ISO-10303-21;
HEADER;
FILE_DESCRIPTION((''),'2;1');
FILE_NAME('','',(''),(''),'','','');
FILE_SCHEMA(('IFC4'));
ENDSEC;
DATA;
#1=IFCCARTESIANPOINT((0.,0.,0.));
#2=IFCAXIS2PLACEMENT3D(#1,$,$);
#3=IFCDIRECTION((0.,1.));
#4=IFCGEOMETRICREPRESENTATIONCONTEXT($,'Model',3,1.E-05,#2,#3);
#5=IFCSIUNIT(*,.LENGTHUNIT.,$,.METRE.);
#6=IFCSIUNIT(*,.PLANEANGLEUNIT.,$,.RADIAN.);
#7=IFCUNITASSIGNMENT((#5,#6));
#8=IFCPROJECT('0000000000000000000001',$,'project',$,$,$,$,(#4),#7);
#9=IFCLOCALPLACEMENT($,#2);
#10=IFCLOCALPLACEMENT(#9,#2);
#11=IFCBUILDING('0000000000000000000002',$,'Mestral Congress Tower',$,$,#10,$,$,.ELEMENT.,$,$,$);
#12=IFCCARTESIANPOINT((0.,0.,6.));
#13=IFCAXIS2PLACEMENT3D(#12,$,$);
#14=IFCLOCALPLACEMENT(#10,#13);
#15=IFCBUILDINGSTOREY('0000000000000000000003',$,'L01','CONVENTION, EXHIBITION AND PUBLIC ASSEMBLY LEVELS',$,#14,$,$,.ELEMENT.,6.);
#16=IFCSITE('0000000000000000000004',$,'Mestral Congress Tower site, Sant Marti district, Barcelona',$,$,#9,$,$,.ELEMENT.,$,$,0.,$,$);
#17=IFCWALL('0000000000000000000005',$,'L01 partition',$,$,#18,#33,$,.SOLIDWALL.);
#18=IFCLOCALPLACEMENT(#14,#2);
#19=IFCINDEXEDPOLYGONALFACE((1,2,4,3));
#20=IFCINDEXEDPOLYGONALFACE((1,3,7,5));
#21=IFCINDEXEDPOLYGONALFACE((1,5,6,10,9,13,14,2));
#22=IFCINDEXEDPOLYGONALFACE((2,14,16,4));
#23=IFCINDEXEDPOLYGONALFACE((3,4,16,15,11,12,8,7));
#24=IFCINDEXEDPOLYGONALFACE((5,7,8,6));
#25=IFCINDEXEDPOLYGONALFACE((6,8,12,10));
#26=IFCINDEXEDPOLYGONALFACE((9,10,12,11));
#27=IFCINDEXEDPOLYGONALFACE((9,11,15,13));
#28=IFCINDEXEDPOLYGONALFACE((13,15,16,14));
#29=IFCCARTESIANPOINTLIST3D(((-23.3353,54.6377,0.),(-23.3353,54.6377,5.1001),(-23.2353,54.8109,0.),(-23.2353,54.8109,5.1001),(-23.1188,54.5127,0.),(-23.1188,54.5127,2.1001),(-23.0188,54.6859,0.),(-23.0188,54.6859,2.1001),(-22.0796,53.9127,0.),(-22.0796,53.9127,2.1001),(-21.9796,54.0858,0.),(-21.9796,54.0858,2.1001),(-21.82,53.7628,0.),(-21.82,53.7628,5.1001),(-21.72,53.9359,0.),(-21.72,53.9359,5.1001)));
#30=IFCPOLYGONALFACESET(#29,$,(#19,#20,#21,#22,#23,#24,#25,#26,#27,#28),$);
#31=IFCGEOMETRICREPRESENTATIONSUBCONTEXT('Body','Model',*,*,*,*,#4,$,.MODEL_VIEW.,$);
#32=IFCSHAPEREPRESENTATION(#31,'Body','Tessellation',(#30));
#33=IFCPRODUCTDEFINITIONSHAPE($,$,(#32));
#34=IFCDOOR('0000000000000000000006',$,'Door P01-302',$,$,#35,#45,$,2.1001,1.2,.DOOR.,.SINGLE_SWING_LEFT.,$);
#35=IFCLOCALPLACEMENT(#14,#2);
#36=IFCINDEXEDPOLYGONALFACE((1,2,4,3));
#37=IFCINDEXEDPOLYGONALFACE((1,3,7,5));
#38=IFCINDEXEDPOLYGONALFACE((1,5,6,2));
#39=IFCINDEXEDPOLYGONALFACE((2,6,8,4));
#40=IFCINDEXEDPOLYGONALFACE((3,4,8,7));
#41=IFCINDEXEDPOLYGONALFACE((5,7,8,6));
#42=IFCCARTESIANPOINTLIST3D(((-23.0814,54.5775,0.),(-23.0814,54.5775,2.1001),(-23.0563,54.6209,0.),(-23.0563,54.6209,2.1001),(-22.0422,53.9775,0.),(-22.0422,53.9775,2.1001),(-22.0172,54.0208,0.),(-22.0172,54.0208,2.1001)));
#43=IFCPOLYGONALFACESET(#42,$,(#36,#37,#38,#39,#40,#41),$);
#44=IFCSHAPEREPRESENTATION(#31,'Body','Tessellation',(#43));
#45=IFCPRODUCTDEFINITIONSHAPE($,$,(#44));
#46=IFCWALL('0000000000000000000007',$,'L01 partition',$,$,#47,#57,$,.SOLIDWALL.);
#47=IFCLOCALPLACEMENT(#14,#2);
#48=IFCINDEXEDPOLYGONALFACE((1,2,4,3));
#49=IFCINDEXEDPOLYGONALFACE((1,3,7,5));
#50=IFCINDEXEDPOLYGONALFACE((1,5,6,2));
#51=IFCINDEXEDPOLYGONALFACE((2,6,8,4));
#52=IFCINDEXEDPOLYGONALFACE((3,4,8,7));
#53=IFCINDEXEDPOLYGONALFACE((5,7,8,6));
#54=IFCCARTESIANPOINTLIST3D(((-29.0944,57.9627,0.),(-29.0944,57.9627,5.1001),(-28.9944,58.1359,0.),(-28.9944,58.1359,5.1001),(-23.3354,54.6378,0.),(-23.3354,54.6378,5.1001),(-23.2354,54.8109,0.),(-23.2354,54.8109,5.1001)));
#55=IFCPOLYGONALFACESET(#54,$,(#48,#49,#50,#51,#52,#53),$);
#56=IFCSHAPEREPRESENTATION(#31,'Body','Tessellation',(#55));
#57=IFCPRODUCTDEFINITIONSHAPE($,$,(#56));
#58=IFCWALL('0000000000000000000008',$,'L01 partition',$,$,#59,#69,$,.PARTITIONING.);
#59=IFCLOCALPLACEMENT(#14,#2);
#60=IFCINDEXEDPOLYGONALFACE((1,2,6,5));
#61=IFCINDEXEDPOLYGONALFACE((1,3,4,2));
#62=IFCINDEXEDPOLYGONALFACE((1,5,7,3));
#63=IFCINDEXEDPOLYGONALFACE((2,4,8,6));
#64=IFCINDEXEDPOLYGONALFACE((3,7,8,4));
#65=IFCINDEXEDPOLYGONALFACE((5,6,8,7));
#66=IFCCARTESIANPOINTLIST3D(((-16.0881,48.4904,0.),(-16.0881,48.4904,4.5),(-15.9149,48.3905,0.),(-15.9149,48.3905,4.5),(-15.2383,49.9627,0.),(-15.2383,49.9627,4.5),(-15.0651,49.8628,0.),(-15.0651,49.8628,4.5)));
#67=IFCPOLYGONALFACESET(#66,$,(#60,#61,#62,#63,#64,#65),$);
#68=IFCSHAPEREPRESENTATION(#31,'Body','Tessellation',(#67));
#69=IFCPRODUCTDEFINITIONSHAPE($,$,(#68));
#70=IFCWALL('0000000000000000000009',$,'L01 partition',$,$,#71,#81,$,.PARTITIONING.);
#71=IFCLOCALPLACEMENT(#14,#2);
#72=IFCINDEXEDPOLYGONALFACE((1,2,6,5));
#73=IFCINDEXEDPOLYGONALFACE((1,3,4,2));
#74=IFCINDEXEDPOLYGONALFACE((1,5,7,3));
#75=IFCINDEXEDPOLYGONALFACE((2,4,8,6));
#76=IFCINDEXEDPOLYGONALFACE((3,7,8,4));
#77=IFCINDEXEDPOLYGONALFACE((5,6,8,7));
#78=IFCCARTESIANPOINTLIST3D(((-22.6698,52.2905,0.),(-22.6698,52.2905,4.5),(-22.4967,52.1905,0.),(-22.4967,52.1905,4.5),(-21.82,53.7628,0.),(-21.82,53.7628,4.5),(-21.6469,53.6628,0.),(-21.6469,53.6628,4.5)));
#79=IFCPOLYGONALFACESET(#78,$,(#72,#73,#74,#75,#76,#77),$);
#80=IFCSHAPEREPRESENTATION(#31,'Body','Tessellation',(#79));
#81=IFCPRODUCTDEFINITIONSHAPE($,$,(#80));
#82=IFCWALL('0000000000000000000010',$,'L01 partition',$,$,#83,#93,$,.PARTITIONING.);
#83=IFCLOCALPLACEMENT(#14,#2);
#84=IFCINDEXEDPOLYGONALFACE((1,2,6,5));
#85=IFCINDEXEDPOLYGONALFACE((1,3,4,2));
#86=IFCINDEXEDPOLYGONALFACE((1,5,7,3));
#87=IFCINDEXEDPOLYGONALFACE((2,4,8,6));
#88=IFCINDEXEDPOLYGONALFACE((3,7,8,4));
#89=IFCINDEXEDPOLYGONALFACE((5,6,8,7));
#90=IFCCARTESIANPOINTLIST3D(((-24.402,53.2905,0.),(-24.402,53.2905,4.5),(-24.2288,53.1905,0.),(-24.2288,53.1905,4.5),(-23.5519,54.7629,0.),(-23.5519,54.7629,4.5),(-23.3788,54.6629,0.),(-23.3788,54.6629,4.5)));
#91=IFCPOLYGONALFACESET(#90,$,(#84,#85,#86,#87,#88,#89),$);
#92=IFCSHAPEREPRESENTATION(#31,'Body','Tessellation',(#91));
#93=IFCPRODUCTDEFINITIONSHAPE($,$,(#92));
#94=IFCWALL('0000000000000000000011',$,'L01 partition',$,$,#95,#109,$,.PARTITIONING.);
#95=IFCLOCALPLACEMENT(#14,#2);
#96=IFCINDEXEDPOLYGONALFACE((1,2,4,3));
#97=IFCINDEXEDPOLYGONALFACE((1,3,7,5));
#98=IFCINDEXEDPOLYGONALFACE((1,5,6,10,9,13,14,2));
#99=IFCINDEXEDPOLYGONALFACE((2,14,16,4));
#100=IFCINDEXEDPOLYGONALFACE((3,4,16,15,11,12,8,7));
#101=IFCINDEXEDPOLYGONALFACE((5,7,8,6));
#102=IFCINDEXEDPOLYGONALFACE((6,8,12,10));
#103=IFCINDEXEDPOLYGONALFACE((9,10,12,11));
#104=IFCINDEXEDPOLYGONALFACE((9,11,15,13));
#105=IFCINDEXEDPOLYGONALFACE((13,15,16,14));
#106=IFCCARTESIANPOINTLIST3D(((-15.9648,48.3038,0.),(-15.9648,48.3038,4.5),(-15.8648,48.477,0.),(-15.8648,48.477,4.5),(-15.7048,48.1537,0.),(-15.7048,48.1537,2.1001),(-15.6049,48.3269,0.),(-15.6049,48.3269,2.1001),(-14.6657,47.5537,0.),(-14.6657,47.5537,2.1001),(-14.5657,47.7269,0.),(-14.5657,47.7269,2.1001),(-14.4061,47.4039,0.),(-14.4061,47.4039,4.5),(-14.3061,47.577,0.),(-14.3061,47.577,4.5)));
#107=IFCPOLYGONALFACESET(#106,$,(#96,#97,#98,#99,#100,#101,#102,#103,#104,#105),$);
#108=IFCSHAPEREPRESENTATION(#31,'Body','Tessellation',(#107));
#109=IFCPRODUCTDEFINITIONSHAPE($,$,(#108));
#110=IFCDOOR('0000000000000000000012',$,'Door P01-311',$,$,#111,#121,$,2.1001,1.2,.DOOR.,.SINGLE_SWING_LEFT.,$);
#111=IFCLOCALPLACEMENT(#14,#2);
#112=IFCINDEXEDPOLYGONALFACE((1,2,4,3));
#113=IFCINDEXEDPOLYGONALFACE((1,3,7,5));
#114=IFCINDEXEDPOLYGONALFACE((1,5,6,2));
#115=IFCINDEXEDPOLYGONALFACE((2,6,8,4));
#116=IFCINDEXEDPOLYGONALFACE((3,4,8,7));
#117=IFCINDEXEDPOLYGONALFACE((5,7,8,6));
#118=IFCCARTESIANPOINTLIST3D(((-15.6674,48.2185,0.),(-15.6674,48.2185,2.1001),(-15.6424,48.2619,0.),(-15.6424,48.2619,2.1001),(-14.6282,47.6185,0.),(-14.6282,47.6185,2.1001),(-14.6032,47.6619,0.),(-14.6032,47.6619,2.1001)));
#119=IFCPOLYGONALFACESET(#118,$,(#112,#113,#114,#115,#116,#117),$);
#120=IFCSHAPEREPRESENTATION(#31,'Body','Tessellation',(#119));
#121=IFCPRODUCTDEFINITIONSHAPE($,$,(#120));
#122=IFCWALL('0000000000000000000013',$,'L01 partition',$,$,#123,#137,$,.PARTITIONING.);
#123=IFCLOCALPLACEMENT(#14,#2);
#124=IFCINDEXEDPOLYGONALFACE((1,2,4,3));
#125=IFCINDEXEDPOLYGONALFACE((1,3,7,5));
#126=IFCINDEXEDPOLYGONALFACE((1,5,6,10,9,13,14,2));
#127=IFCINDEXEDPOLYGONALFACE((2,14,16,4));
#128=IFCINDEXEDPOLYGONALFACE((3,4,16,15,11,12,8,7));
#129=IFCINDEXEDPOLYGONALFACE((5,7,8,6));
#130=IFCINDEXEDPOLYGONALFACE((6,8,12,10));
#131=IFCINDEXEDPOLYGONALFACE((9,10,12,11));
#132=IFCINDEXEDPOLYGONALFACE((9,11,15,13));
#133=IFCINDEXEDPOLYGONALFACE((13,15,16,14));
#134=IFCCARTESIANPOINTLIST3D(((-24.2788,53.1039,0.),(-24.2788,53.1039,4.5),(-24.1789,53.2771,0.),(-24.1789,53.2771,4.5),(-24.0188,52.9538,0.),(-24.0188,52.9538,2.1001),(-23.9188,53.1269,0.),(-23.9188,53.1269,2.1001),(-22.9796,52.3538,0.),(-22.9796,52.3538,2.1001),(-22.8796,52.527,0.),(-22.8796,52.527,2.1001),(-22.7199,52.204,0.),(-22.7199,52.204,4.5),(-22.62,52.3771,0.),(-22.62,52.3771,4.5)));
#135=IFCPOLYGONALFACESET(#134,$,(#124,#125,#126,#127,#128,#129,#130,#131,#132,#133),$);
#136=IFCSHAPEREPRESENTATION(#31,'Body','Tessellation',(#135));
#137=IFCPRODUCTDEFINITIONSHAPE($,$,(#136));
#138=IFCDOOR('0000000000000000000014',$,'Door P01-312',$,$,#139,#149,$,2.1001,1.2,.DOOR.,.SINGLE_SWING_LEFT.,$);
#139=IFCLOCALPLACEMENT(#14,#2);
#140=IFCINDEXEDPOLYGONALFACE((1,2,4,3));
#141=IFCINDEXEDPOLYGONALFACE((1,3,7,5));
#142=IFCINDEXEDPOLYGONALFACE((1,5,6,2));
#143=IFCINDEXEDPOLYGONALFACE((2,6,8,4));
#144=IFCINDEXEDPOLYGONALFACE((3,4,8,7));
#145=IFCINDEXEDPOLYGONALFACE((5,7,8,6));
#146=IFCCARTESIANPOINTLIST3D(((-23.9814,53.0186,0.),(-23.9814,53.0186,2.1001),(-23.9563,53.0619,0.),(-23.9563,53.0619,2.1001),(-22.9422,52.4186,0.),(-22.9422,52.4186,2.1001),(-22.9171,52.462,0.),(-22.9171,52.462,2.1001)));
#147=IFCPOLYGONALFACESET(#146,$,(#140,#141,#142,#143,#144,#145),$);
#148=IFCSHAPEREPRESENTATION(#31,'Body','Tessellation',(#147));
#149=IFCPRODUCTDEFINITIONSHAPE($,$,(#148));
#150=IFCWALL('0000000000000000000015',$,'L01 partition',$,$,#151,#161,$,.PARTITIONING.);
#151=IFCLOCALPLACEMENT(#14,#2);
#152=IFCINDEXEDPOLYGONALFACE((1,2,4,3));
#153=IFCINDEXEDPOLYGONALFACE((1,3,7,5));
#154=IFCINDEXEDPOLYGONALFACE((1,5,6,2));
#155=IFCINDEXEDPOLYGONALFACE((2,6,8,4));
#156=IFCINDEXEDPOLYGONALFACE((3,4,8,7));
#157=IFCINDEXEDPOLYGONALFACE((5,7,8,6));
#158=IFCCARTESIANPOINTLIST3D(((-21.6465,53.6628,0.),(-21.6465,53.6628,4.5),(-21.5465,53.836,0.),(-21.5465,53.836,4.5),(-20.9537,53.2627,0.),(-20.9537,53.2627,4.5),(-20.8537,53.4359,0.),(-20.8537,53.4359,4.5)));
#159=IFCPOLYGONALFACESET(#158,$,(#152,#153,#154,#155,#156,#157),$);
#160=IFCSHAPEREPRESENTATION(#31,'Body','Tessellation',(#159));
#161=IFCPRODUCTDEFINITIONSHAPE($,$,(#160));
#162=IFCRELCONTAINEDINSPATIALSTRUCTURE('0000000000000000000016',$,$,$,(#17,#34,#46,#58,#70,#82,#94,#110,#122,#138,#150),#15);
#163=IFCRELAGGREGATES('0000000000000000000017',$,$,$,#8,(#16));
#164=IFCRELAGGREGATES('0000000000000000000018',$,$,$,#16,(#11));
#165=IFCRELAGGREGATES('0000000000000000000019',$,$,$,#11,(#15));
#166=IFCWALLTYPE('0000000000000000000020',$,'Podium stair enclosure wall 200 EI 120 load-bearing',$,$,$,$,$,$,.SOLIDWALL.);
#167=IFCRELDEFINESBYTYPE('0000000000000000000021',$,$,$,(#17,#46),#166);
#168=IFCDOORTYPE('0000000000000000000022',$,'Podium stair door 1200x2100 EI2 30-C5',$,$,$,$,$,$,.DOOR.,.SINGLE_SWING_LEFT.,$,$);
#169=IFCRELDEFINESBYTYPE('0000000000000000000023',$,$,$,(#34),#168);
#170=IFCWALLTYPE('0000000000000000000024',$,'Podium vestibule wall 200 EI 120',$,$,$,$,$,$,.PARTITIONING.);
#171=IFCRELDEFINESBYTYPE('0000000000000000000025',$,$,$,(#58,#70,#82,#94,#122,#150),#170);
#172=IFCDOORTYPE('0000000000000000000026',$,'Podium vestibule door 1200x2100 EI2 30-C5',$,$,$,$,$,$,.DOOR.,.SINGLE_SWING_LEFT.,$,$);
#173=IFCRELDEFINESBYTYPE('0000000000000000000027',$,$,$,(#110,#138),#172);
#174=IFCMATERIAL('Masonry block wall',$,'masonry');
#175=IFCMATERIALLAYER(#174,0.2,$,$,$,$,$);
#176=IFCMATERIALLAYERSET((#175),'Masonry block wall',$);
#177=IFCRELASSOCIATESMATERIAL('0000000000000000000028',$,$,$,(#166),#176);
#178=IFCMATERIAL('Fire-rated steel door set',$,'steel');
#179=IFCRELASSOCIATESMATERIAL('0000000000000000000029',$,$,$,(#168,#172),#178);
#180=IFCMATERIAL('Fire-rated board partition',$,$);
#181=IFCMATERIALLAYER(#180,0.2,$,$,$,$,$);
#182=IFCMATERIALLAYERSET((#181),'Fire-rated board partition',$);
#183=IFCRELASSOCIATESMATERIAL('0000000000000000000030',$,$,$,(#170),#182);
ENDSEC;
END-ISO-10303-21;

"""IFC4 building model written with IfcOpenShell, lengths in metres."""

from ifc_helpers import new_model, si_unit, direction, frame, frame_2d, origin, place, context, subcontext, project, spatial, rectangle, extrude, material, layer, layer_set, type_object, element, fill, save


model = new_model("IFC4")

# Units and contexts
model_context = context("Model", 3, precision=1e-05, world=origin(), true_north=direction((0.0, 1.0)))
body_context = subcontext(model_context, "Body", "Model", "MODEL_VIEW")
ifc_project = project(units=[si_unit("LENGTHUNIT", "METRE"), si_unit("PLANEANGLEUNIT", "RADIAN")], contexts=[model_context])

# Site, building, storey
site_placement = place(None, origin())
site = spatial("IfcSite", under=ifc_project, at=site_placement, Name="Mestral Congress Tower site, Sant Marti district, Barcelona", CompositionType="ELEMENT", RefElevation=0.0)
building_placement = place(site_placement, origin())
building = spatial("IfcBuilding", under=site, at=building_placement, Name="Mestral Congress Tower", CompositionType="ELEMENT")
storey_placement = place(building_placement, frame((0.0, 0.0, 6.0)))
storey = spatial("IfcBuildingStorey", under=building, at=storey_placement, Name="L01", Description="CONVENTION, EXHIBITION AND PUBLIC ASSEMBLY LEVELS", CompositionType="ELEMENT", Elevation=6.0)

# Shared definitions
ifc_material_1 = material(Name="Masonry block wall", Category="masonry")
ifc_layer_1 = layer(ifc_material_1, 0.2)
ifc_layer_set_1 = layer_set([ifc_layer_1], Name="Masonry block wall")
wall_type_1 = type_object("IfcWallType", Name="Podium stair enclosure wall 200 EI 120 load-bearing", PredefinedType="SOLIDWALL", material=ifc_layer_set_1)

# Shared definitions
ifc_material_2 = material(Name="Fire-rated steel door set", Category="steel")
door_type_1 = type_object("IfcDoorType", Name="Podium stair door 1200x2100 EI2 30-C5", OperationType="SINGLE_SWING_LEFT", PredefinedType="DOOR", material=ifc_material_2)

# Wall, opening, door
wall_1_placement = place(storey_placement, frame((-23.2854, 54.7244, 0.0), z_axis=(0.0, 0.0, 1.0), x_axis=(0.866002, -0.50004, 0.0)))
wall_1 = element("IfcWall", 1, at=wall_1_placement, inside=storey, type_object=wall_type_1, Name="L01 partition", PredefinedType="SOLIDWALL", context=body_context, shape_type="SweptSolid", body=[
    extrude(rectangle(XDim=1.7498, YDim=0.2, at=frame_2d((0.875, 0.0))), origin(), (0.0, 0.0, 1.0), 5.1001),
])
opening_1_placement = place(wall_1_placement, frame((0.25, 0.0, 0.0)))
opening_1 = element("IfcOpeningElement", 2, at=opening_1_placement, cuts=wall_1, PredefinedType="OPENING", context=body_context, shape_type="SweptSolid", body=[
    extrude(rectangle(XDim=1.2, YDim=2.1001, at=frame_2d((0.6001, 1.05))), frame((0.0, 0.1099, 0.0), z_axis=(0.0, -1.0, 0.0), x_axis=(1.0, 0.0, 0.0)), (0.0, 0.0, 1.0), 0.22),
])
door_1_placement = place(opening_1_placement, origin())
door_1 = element("IfcDoor", 3, at=door_1_placement, inside=storey, type_object=door_type_1, Name="Door P01-302", OperationType="SINGLE_SWING_LEFT", OverallHeight=2.1001, OverallWidth=1.2, PredefinedType="DOOR", context=body_context, shape_type="SweptSolid", body=[
    extrude(rectangle(XDim=1.2, YDim=2.1001, at=frame_2d((0.6001, 1.05))), frame((0.0, 0.0249, 0.0), z_axis=(0.0, -1.0, 0.0), x_axis=(1.0, 0.0, 0.0)), (0.0, 0.0, 1.0), 0.05),
])
fill(opening_1, door_1)

# Walls
wall_2_placement = place(storey_placement, frame((-23.2854, 54.7244, 0.0), z_axis=(0.0, 0.0, 1.0), x_axis=(-0.866027, 0.499997, 0.0)))
element("IfcWall", 4, at=wall_2_placement, inside=storey, type_object=wall_type_1, Name="L01 partition", PredefinedType="SOLIDWALL", context=body_context, shape_type="SweptSolid", body=[
    extrude(rectangle(XDim=6.6499, YDim=0.2, at=frame_2d((3.325, 0.0))), origin(), (0.0, 0.0, 1.0), 5.1001),
])
ifc_material_3 = material(Name="Fire-rated board partition")
ifc_layer_2 = layer(ifc_material_3, 0.2)
ifc_layer_set_2 = layer_set([ifc_layer_2], Name="Fire-rated board partition")
wall_type_2 = type_object("IfcWallType", Name="Podium vestibule wall 200 EI 120", PredefinedType="PARTITIONING", material=ifc_layer_set_2)
for number, where, z_axis, x_axis, name in (
    (5, (-15.1516, 49.9128, 0.0), (0.0, 0.0, 1.0), (-0.499892, -0.866088, 0.0), "L01 partition"),
    (6, (-21.7334, 53.7129, 0.0), (0.0, 0.0, 1.0), (-0.499892, -0.866088, 0.0), "L01 partition"),
):
    element("IfcWall", number, at=place(storey_placement, frame(where, z_axis=z_axis, x_axis=x_axis)), inside=storey, type_object=wall_type_2, Name=name, PredefinedType="PARTITIONING", context=body_context, shape_type="SweptSolid", body=[
        extrude(rectangle(XDim=1.7, YDim=0.2, at=frame_2d((0.8501, 0.0))), origin(), (0.0, 0.0, 1.0), 4.5),
    ])
wall_3_placement = place(storey_placement, frame((-23.4653, 54.7129, 0.0), z_axis=(0.0, 0.0, 1.0), x_axis=(-0.5, -0.866025, 0.0)))
element("IfcWall", 7, at=wall_3_placement, inside=storey, type_object=wall_type_2, Name="L01 partition", PredefinedType="PARTITIONING", context=body_context, shape_type="SweptSolid", body=[
    extrude(rectangle(XDim=1.7002, YDim=0.2, at=frame_2d((0.8501, 0.0))), origin(), (0.0, 0.0, 1.0), 4.5),
])

# Walls, openings, doors
wall_4_placement = place(storey_placement, frame((-15.9148, 48.3904, 0.0), z_axis=(0.0, 0.0, 1.0), x_axis=(0.866014, -0.50002, 0.0)))
wall_4 = element("IfcWall", 8, at=wall_4_placement, inside=storey, type_object=wall_type_2, Name="L01 partition", PredefinedType="PARTITIONING", context=body_context, shape_type="SweptSolid", body=[
    extrude(rectangle(XDim=1.7998, YDim=0.2, at=frame_2d((0.8999, 0.0))), origin(), (0.0, 0.0, 1.0), 4.5),
])
opening_2_placement = place(wall_4_placement, frame((0.3, 0.0, 0.0)))
opening_2 = element("IfcOpeningElement", 9, at=opening_2_placement, cuts=wall_4, PredefinedType="OPENING", context=body_context, shape_type="SweptSolid", body=[
    extrude(rectangle(XDim=1.2, YDim=2.1001, at=frame_2d((0.6001, 1.05))), frame((0.0, 0.1099, 0.0), z_axis=(0.0, -1.0, 0.0), x_axis=(1.0, 0.0, 0.0)), (0.0, 0.0, 1.0), 0.22),
])
door_type_2 = type_object("IfcDoorType", Name="Podium vestibule door 1200x2100 EI2 30-C5", OperationType="SINGLE_SWING_LEFT", PredefinedType="DOOR", material=ifc_material_2)
door_2_placement = place(opening_2_placement, origin())
door_2 = element("IfcDoor", 10, at=door_2_placement, inside=storey, type_object=door_type_2, Name="Door P01-311", OperationType="SINGLE_SWING_LEFT", OverallHeight=2.1001, OverallWidth=1.2, PredefinedType="DOOR", context=body_context, shape_type="SweptSolid", body=[
    extrude(rectangle(XDim=1.2, YDim=2.1001, at=frame_2d((0.6001, 1.05))), frame((0.0, 0.0249, 0.0), z_axis=(0.0, -1.0, 0.0), x_axis=(1.0, 0.0, 0.0)), (0.0, 0.0, 1.0), 0.05),
])
fill(opening_2, door_2)
wall_5_placement = place(storey_placement, frame((-24.2288, 53.1904, 0.0), z_axis=(0.0, 0.0, 1.0), x_axis=(0.866048, -0.499961, 0.0)))
wall_5 = element("IfcWall", 11, at=wall_5_placement, inside=storey, type_object=wall_type_2, Name="L01 partition", PredefinedType="PARTITIONING", context=body_context, shape_type="SweptSolid", body=[
    extrude(rectangle(XDim=1.8, YDim=0.2, at=frame_2d((0.8999, 0.0))), origin(), (0.0, 0.0, 1.0), 4.5),
])
opening_3_placement = place(wall_5_placement, frame((0.3, 0.0, 0.0)))
opening_3 = element("IfcOpeningElement", 12, at=opening_3_placement, cuts=wall_5, PredefinedType="OPENING", context=body_context, shape_type="SweptSolid", body=[
    extrude(rectangle(XDim=1.2, YDim=2.1001, at=frame_2d((0.6001, 1.05))), frame((0.0, 0.1099, 0.0), z_axis=(0.0, -1.0, 0.0), x_axis=(1.0, 0.0, 0.0)), (0.0, 0.0, 1.0), 0.22),
])
door_3_placement = place(opening_3_placement, origin())
door_3 = element("IfcDoor", 13, at=door_3_placement, inside=storey, type_object=door_type_2, Name="Door P01-312", OperationType="SINGLE_SWING_LEFT", OverallHeight=2.1001, OverallWidth=1.2, PredefinedType="DOOR", context=body_context, shape_type="SweptSolid", body=[
    extrude(rectangle(XDim=1.2, YDim=2.1001, at=frame_2d((0.6001, 1.05))), frame((0.0, 0.0249, 0.0), z_axis=(0.0, -1.0, 0.0), x_axis=(1.0, 0.0, 0.0)), (0.0, 0.0, 1.0), 0.05),
])
fill(opening_3, door_3)

# Wall
wall_6_placement = place(storey_placement, frame((-20.9038, 53.3494, 0.0), z_axis=(0.0, 0.0, 1.0), x_axis=(-0.865962, 0.50011, 0.0)))
element("IfcWall", 14, at=wall_6_placement, inside=storey, type_object=wall_type_2, Name="L01 partition", PredefinedType="PARTITIONING", context=body_context, shape_type="SweptSolid", body=[
    extrude(rectangle(XDim=0.8, YDim=0.2, at=frame_2d((0.3999, 0.0))), origin(), (0.0, 0.0, 1.0), 4.5),
])

save(model, "model.ifc")
